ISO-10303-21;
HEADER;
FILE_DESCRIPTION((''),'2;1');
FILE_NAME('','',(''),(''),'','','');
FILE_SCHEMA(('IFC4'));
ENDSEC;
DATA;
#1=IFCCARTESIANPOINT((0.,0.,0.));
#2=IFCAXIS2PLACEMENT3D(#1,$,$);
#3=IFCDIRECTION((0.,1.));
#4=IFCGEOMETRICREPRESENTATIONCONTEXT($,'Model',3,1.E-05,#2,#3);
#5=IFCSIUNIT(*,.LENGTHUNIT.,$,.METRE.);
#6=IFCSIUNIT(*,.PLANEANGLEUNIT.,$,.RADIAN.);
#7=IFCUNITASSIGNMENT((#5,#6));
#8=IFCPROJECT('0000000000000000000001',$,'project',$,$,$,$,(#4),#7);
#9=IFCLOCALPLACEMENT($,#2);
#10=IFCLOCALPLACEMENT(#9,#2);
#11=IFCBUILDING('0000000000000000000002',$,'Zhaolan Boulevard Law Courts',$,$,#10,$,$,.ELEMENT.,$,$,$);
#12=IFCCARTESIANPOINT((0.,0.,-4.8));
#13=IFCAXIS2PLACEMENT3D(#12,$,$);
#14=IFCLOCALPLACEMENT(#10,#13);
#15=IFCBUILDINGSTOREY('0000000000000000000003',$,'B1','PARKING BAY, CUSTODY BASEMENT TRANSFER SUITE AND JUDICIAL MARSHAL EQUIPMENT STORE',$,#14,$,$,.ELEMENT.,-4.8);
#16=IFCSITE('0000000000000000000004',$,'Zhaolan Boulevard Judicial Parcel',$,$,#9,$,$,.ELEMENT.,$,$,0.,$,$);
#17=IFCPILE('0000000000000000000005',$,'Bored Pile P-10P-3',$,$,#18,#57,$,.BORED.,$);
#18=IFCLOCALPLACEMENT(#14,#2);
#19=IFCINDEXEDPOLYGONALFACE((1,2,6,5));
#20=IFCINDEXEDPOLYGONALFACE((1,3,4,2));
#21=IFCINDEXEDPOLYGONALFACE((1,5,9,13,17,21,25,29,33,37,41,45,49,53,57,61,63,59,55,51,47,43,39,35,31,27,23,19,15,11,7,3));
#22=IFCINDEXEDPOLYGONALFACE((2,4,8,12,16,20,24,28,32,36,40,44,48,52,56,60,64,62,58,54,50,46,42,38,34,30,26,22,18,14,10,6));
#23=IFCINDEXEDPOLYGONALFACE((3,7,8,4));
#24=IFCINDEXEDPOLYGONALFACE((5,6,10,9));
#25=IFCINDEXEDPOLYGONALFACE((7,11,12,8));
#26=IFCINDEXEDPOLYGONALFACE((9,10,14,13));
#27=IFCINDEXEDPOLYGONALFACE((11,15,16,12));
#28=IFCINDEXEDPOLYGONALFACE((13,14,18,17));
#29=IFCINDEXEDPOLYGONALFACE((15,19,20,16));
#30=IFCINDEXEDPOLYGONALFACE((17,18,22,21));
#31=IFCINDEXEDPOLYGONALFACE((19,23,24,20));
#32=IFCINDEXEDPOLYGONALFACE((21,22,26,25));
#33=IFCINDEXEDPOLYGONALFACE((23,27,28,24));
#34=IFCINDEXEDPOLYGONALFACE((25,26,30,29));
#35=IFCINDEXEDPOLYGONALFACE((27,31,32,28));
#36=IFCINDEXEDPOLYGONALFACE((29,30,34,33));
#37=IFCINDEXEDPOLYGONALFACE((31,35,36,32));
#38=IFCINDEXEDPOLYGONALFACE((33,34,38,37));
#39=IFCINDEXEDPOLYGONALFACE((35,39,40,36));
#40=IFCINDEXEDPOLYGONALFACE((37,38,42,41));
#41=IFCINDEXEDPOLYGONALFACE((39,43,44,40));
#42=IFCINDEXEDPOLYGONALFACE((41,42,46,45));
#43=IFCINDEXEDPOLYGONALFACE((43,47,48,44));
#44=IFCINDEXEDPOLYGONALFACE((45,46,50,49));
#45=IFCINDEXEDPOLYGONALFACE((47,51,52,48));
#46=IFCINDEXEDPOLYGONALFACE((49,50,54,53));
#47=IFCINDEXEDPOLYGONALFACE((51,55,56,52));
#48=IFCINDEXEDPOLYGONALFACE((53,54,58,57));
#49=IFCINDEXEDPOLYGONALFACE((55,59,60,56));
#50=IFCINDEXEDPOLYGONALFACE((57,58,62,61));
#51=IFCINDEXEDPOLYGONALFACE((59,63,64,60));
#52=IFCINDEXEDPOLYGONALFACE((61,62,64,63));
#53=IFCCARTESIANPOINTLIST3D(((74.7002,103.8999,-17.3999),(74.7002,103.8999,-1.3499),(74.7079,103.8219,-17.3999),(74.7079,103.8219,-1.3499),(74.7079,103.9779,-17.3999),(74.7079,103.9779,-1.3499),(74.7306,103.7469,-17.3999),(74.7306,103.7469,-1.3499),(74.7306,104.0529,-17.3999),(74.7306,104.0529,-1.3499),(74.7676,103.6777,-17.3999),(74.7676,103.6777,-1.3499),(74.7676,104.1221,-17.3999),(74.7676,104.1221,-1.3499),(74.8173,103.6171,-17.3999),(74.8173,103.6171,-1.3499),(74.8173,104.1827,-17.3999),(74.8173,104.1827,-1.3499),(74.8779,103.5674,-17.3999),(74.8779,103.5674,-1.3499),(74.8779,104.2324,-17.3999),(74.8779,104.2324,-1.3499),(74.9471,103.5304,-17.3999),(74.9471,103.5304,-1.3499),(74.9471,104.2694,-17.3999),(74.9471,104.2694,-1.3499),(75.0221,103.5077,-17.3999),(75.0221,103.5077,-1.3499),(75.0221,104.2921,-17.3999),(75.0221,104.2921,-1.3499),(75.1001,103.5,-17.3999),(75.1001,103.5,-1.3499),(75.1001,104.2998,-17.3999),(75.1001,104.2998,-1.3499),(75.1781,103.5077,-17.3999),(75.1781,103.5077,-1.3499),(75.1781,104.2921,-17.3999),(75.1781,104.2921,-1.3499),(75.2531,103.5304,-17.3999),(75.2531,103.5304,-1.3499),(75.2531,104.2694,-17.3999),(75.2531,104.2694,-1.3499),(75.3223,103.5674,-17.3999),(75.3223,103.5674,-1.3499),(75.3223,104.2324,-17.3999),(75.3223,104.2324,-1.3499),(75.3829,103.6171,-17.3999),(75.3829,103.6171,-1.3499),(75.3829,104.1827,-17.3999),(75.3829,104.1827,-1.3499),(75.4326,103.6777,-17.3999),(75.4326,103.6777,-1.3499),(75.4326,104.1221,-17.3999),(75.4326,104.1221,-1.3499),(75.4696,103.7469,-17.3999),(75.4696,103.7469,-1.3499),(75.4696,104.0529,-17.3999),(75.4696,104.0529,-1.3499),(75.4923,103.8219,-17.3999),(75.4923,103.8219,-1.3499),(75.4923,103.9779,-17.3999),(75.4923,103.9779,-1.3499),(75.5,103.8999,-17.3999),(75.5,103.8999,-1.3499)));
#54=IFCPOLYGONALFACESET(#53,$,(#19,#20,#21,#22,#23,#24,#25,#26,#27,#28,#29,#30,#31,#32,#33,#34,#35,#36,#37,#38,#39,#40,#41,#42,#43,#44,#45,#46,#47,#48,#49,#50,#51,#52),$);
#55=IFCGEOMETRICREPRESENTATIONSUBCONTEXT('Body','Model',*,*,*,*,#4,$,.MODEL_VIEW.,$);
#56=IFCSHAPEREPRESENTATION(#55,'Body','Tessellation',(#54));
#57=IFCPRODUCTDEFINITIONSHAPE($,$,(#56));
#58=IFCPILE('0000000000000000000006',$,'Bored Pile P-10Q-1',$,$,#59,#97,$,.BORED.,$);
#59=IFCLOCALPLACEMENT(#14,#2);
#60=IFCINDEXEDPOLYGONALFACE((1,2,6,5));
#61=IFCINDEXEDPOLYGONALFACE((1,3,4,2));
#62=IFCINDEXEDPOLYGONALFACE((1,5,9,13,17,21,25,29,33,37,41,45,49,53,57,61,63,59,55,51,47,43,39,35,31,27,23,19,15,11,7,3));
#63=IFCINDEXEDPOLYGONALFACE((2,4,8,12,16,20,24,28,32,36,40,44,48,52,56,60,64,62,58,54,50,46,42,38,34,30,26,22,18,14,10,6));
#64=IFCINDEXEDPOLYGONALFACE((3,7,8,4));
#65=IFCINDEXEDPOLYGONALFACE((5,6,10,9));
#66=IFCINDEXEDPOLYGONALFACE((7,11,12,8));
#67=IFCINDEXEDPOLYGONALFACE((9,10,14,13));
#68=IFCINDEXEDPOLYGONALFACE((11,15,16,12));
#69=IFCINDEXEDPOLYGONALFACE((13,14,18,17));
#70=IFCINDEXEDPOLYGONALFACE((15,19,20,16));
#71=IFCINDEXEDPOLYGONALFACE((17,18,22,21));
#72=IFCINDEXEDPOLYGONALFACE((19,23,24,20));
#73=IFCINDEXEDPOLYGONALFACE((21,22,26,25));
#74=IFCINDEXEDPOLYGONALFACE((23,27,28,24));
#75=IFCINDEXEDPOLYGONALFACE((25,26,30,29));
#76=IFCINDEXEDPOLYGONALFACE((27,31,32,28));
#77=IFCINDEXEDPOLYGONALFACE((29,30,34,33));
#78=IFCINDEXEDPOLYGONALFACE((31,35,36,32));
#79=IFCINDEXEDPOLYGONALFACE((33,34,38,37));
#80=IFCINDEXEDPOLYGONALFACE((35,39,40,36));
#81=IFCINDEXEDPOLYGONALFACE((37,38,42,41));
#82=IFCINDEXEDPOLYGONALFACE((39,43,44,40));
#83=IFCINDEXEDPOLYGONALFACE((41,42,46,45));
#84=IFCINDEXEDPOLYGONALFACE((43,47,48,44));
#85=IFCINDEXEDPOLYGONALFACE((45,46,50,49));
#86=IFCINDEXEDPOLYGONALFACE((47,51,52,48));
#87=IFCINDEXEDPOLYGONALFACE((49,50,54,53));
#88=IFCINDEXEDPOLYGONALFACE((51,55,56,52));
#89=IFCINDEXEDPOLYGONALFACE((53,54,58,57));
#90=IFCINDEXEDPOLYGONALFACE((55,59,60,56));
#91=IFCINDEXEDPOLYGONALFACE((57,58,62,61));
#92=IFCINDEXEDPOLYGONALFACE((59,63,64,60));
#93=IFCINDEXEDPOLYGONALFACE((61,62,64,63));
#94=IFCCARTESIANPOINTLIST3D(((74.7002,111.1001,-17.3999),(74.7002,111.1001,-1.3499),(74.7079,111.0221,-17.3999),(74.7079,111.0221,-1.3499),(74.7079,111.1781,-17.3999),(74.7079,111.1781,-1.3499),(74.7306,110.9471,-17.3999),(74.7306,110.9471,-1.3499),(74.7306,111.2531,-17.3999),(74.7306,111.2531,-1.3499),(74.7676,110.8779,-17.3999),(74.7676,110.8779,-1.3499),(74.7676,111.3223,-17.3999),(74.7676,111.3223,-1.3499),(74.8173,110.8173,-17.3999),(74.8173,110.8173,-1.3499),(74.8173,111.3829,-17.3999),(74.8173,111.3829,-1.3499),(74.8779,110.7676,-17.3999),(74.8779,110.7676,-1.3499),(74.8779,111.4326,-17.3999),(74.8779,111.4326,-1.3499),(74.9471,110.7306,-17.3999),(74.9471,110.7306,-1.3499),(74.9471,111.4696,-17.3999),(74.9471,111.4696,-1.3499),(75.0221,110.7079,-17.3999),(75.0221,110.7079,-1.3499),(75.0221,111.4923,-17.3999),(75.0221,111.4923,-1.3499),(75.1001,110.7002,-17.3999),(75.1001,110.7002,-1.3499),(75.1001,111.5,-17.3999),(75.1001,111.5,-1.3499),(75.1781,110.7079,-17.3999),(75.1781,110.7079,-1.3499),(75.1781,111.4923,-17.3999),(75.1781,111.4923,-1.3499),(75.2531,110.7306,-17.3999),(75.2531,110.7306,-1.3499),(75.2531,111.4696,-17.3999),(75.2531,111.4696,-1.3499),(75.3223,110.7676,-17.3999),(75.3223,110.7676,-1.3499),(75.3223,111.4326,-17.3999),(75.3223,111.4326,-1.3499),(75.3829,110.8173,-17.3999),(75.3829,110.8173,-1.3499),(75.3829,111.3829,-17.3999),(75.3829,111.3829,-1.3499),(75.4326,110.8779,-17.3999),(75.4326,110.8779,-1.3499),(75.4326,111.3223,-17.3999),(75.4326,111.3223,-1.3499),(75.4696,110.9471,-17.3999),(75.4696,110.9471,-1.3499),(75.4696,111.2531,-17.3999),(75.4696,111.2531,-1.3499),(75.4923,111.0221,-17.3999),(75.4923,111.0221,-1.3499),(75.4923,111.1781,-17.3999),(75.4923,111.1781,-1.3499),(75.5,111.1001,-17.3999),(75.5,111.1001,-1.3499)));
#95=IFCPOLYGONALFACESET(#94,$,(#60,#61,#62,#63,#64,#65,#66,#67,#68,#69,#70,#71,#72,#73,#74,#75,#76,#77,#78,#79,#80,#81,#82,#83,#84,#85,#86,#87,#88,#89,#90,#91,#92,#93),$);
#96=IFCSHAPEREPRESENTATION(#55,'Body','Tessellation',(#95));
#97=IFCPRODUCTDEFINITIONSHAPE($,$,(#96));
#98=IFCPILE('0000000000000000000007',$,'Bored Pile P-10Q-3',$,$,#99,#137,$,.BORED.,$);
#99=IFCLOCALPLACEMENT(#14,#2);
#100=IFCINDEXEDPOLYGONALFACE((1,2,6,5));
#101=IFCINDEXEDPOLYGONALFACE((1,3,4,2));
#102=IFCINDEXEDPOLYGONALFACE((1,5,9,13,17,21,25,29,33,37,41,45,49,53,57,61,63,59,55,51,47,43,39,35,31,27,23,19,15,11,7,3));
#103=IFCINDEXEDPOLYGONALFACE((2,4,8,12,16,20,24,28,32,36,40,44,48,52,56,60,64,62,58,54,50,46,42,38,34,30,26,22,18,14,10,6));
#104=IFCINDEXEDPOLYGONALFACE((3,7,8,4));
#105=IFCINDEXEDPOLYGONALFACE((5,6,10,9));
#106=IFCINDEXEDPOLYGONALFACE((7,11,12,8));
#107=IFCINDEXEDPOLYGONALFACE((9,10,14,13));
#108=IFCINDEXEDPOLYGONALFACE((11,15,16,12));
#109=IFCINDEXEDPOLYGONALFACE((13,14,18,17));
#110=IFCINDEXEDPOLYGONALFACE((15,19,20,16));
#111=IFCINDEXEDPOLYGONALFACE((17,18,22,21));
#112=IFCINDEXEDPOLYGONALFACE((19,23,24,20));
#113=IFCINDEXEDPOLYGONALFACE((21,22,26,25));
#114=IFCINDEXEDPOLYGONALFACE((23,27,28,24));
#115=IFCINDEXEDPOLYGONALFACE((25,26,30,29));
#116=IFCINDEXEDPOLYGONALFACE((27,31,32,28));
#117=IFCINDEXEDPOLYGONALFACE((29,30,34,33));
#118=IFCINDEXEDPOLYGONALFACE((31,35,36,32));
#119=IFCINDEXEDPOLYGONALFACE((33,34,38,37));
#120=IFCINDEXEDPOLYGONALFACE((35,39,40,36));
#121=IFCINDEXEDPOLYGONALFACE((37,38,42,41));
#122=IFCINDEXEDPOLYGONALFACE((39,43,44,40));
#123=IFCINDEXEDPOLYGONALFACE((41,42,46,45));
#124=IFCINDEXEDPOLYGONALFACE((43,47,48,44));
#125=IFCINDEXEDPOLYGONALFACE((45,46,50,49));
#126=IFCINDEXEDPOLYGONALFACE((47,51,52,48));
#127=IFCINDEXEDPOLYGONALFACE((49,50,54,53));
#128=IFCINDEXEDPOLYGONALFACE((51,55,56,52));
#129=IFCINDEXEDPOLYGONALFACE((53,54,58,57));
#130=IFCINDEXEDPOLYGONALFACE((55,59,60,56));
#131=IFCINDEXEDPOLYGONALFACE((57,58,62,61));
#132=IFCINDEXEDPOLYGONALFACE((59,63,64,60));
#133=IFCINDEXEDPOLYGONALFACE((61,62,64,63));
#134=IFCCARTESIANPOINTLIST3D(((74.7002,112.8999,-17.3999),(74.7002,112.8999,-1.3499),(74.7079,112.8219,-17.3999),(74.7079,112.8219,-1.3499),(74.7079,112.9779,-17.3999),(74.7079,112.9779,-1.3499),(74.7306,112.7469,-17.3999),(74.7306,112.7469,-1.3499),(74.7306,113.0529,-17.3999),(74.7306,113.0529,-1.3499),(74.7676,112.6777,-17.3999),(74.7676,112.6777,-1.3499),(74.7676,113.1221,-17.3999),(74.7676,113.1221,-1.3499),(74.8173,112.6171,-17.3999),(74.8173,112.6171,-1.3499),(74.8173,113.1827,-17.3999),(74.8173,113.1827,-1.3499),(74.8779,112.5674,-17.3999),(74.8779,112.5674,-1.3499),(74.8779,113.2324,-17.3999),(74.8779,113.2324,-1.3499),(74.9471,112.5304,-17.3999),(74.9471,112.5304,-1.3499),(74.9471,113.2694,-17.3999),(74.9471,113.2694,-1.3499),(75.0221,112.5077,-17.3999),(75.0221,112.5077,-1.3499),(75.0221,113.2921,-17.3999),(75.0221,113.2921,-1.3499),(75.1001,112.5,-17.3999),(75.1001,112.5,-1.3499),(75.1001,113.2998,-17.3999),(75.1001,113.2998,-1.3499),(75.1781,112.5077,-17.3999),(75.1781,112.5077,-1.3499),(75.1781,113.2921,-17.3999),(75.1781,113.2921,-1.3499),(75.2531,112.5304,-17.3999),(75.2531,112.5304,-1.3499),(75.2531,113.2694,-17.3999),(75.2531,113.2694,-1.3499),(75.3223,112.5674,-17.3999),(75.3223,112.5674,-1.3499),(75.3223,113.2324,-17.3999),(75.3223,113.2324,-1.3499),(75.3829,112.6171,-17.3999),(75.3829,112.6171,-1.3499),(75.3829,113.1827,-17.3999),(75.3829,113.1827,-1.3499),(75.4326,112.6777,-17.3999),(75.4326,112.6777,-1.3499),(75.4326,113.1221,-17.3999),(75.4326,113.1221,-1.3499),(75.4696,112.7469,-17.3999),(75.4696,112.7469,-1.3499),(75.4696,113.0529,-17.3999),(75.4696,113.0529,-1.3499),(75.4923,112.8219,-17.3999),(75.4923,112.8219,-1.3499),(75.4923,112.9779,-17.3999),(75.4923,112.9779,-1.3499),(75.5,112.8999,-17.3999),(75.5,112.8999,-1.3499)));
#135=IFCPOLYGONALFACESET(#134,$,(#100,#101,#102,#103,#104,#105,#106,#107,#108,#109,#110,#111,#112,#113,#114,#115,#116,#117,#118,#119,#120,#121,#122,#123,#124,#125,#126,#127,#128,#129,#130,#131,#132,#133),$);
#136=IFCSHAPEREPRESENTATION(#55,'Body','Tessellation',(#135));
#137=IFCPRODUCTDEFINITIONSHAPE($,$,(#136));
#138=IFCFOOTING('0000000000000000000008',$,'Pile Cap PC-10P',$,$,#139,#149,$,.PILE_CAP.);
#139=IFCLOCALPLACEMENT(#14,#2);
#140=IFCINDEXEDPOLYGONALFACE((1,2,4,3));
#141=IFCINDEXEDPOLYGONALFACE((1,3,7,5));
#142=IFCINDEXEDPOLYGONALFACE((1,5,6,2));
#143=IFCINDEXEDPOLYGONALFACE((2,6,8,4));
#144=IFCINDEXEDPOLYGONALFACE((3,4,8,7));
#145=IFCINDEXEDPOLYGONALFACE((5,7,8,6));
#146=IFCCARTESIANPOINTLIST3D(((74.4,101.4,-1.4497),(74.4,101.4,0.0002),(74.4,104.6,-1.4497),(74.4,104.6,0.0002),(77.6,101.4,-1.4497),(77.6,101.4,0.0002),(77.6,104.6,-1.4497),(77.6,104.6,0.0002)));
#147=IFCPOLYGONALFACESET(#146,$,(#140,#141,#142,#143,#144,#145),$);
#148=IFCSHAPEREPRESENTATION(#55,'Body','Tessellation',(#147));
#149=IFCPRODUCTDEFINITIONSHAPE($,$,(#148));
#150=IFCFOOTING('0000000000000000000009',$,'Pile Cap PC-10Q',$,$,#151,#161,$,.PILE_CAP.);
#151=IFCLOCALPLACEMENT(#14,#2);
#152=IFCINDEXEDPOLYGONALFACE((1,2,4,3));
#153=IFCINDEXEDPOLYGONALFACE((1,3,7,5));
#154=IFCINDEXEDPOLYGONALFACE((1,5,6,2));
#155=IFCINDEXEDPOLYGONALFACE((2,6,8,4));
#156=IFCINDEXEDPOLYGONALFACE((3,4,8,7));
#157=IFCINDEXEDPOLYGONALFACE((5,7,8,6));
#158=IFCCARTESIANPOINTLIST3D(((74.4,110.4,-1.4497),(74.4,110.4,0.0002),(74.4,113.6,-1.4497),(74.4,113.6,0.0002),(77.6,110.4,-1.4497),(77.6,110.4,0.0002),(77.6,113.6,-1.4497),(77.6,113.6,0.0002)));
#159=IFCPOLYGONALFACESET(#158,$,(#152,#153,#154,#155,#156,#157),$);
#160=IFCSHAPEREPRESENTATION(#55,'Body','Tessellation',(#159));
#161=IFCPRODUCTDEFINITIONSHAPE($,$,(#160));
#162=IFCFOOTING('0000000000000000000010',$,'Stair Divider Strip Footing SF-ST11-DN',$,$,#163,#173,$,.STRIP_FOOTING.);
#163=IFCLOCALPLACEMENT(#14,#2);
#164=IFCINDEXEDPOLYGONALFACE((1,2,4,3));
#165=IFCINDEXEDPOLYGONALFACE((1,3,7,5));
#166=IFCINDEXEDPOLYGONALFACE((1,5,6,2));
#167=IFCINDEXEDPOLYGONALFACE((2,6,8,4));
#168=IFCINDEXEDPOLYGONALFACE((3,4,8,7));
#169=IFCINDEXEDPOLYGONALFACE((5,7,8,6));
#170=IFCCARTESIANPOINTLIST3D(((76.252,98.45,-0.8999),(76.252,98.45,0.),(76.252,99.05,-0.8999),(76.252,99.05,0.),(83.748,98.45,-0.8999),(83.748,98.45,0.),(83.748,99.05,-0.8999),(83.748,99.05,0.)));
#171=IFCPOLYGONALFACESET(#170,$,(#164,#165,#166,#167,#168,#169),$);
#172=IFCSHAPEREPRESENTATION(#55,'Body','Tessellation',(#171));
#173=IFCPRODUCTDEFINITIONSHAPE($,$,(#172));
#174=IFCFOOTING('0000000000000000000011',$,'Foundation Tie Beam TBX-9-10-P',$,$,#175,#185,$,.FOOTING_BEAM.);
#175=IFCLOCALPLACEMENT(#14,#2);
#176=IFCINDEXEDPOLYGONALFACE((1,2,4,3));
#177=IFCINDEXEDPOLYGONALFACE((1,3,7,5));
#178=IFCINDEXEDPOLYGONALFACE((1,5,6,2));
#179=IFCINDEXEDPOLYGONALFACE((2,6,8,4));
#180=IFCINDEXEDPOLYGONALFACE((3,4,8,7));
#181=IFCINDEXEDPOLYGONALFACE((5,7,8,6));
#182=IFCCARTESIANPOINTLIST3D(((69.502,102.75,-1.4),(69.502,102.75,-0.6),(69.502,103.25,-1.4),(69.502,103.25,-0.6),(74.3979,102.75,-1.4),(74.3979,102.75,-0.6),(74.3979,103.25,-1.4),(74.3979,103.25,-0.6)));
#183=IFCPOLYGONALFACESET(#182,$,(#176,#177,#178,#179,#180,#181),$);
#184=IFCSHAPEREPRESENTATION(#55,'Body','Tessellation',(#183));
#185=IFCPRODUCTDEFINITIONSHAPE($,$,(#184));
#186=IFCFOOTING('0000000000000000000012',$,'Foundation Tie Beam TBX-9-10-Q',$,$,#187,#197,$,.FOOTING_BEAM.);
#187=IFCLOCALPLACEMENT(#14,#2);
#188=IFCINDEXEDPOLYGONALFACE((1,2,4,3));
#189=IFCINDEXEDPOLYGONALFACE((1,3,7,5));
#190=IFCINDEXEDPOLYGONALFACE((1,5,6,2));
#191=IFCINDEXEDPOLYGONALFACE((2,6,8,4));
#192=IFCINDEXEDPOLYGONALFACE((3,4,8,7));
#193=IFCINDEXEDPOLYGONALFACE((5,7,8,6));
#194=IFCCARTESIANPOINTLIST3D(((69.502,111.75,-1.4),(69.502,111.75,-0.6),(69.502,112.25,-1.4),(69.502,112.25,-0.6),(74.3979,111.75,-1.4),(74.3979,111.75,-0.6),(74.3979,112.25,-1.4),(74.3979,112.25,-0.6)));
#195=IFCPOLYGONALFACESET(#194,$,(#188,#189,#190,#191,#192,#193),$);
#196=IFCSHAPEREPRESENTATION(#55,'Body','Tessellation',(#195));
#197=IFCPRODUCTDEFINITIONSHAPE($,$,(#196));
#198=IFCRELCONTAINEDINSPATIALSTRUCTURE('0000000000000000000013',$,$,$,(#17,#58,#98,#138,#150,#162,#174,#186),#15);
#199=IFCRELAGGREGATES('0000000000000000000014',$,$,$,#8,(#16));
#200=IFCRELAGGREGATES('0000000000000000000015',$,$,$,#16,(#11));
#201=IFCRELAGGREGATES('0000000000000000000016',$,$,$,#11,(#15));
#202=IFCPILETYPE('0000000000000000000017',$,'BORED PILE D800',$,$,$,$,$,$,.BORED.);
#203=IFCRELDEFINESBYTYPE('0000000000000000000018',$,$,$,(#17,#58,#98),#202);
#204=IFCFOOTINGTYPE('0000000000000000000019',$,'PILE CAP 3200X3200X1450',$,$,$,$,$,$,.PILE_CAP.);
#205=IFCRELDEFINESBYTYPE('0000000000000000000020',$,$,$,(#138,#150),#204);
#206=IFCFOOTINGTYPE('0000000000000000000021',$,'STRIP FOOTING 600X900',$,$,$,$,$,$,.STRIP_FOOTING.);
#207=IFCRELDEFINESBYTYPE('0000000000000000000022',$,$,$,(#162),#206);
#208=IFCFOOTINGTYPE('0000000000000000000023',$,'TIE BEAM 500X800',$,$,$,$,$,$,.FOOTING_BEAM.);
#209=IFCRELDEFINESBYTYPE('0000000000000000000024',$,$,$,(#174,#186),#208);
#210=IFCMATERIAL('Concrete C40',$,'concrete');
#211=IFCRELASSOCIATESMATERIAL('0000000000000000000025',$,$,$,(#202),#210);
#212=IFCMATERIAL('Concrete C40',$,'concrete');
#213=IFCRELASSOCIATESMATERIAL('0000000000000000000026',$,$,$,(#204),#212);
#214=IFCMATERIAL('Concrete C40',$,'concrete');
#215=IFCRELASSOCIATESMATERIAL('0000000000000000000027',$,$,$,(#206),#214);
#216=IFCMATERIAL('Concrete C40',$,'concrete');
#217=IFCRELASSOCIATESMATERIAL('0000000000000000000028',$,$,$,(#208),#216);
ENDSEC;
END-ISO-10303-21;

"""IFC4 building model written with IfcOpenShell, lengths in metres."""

from ifc_helpers import new_model, si_unit, direction, frame, origin, origin_2d, place, context, subcontext, project, spatial, rectangle, circle, extrude, material, material_profile, profile_set, type_object, element, save


model = new_model("IFC4")

# Units and contexts
model_context = context("Model", 3, precision=1e-05, world=origin(), true_north=direction((0.0, 1.0)))
body_context = subcontext(model_context, "Body", "Model", "MODEL_VIEW")
ifc_project = project(units=[si_unit("LENGTHUNIT", "METRE"), si_unit("PLANEANGLEUNIT", "RADIAN")], contexts=[model_context])

# Site, building, storey
site_placement = place(None, origin())
site = spatial("IfcSite", under=ifc_project, at=site_placement, Name="Zhaolan Boulevard Judicial Parcel", CompositionType="ELEMENT", RefElevation=0.0)
building_placement = place(site_placement, origin())
building = spatial("IfcBuilding", under=site, at=building_placement, Name="Zhaolan Boulevard Law Courts", CompositionType="ELEMENT")
storey_placement = place(building_placement, frame((0.0, 0.0, -4.8)))
storey = spatial("IfcBuildingStorey", under=building, at=storey_placement, Name="B1", Description="PARKING BAY, CUSTODY BASEMENT TRANSFER SUITE AND JUDICIAL MARSHAL EQUIPMENT STORE", CompositionType="ELEMENT", Elevation=-4.8)

# Piles
ifc_material_1 = material(Name="Concrete C40", Category="concrete")
ifc_material_profile_1 = material_profile(ifc_material_1, circle(Radius=0.3999, at=origin_2d()), Name="PILE-D800")
ifc_profile_set_1 = profile_set([ifc_material_profile_1], Name="Concrete C40")
pile_type = type_object("IfcPileType", Name="BORED PILE D800", PredefinedType="BORED", material=ifc_profile_set_1)
for number, where, z_axis, x_axis, name in (
    (1, (75.1001, 103.8999, -1.3499), (0.0, 0.0, -1.0), (1.0, 0.0, 0.0), "Bored Pile P-10P-3"),
    (2, (75.1001, 111.1001, -1.3499), (0.0, 0.0, -1.0), (1.0, 0.0, 0.0), "Bored Pile P-10Q-1"),
    (3, (75.1001, 112.8999, -1.3499), (0.0, 0.0, -1.0), (1.0, 0.0, 0.0), "Bored Pile P-10Q-3"),
):
    element("IfcPile", number, at=place(storey_placement, frame(where, z_axis=z_axis, x_axis=x_axis)), inside=storey, type_object=pile_type, Name=name, PredefinedType="BORED", context=body_context, shape_type="SweptSolid", body=[
        extrude(circle(Radius=0.3999, at=origin_2d()), origin(), (0.0, 0.0, 1.0), 16.05),
    ])

# Footings
ifc_material_2 = material(Name="Concrete C40", Category="concrete")
footing_type_1 = type_object("IfcFootingType", Name="PILE CAP 3200X3200X1450", PredefinedType="PILE_CAP", material=ifc_material_2)
for number, where, z_axis, x_axis, name in (
    (4, (76.0, 103.0, -1.4497), (0.0, 0.0, 1.0), (1.0, 0.0, 0.0), "Pile Cap PC-10P"),
    (5, (76.0, 112.0, -1.4497), (0.0, 0.0, 1.0), (1.0, 0.0, 0.0), "Pile Cap PC-10Q"),
):
    element("IfcFooting", number, at=place(storey_placement, frame(where, z_axis=z_axis, x_axis=x_axis)), inside=storey, type_object=footing_type_1, Name=name, PredefinedType="PILE_CAP", context=body_context, shape_type="SweptSolid", body=[
        extrude(rectangle(XDim=3.2, YDim=3.2, at=origin_2d()), origin(), (0.0, 0.0, 1.0), 1.45),
    ])
ifc_material_3 = material(Name="Concrete C40", Category="concrete")
ifc_material_profile_2 = material_profile(ifc_material_3, rectangle(XDim=0.6001, YDim=0.8999, at=origin_2d()), Name="RC600x900")
ifc_profile_set_2 = profile_set([ifc_material_profile_2], Name="Concrete C40")
footing_type_2 = type_object("IfcFootingType", Name="STRIP FOOTING 600X900", PredefinedType="STRIP_FOOTING", material=ifc_profile_set_2)
footing_1_placement = place(storey_placement, frame((76.252, 98.75, -0.45), z_axis=(1.0, 0.0, 0.0), x_axis=(0.0, 1.0, 0.0)))
element("IfcFooting", 6, at=footing_1_placement, inside=storey, type_object=footing_type_2, Name="Stair Divider Strip Footing SF-ST11-DN", PredefinedType="STRIP_FOOTING", context=body_context, shape_type="SweptSolid", body=[
    extrude(rectangle(XDim=0.6001, YDim=0.8999, at=origin_2d()), origin(), (0.0, 0.0, 1.0), 7.4961),
])
ifc_material_4 = material(Name="Concrete C40", Category="concrete")
ifc_material_profile_3 = material_profile(ifc_material_4, rectangle(XDim=0.5, YDim=0.8, at=origin_2d()), Name="RC500x800")
ifc_profile_set_3 = profile_set([ifc_material_profile_3], Name="Concrete C40")
footing_type_3 = type_object("IfcFootingType", Name="TIE BEAM 500X800", PredefinedType="FOOTING_BEAM", material=ifc_profile_set_3)
for number, where, z_axis, x_axis, name in (
    (7, (69.502, 103.0, -1.0), (1.0, 0.0, 0.0), (0.0, 1.0, 0.0), "Foundation Tie Beam TBX-9-10-P"),
    (8, (69.502, 112.0, -1.0), (1.0, 0.0, 0.0), (0.0, 1.0, 0.0), "Foundation Tie Beam TBX-9-10-Q"),
):
    element("IfcFooting", number, at=place(storey_placement, frame(where, z_axis=z_axis, x_axis=x_axis)), inside=storey, type_object=footing_type_3, Name=name, PredefinedType="FOOTING_BEAM", context=body_context, shape_type="SweptSolid", body=[
        extrude(rectangle(XDim=0.5, YDim=0.8, at=origin_2d()), origin(), (0.0, 0.0, 1.0), 4.896),
    ])

save(model, "model.ifc")
